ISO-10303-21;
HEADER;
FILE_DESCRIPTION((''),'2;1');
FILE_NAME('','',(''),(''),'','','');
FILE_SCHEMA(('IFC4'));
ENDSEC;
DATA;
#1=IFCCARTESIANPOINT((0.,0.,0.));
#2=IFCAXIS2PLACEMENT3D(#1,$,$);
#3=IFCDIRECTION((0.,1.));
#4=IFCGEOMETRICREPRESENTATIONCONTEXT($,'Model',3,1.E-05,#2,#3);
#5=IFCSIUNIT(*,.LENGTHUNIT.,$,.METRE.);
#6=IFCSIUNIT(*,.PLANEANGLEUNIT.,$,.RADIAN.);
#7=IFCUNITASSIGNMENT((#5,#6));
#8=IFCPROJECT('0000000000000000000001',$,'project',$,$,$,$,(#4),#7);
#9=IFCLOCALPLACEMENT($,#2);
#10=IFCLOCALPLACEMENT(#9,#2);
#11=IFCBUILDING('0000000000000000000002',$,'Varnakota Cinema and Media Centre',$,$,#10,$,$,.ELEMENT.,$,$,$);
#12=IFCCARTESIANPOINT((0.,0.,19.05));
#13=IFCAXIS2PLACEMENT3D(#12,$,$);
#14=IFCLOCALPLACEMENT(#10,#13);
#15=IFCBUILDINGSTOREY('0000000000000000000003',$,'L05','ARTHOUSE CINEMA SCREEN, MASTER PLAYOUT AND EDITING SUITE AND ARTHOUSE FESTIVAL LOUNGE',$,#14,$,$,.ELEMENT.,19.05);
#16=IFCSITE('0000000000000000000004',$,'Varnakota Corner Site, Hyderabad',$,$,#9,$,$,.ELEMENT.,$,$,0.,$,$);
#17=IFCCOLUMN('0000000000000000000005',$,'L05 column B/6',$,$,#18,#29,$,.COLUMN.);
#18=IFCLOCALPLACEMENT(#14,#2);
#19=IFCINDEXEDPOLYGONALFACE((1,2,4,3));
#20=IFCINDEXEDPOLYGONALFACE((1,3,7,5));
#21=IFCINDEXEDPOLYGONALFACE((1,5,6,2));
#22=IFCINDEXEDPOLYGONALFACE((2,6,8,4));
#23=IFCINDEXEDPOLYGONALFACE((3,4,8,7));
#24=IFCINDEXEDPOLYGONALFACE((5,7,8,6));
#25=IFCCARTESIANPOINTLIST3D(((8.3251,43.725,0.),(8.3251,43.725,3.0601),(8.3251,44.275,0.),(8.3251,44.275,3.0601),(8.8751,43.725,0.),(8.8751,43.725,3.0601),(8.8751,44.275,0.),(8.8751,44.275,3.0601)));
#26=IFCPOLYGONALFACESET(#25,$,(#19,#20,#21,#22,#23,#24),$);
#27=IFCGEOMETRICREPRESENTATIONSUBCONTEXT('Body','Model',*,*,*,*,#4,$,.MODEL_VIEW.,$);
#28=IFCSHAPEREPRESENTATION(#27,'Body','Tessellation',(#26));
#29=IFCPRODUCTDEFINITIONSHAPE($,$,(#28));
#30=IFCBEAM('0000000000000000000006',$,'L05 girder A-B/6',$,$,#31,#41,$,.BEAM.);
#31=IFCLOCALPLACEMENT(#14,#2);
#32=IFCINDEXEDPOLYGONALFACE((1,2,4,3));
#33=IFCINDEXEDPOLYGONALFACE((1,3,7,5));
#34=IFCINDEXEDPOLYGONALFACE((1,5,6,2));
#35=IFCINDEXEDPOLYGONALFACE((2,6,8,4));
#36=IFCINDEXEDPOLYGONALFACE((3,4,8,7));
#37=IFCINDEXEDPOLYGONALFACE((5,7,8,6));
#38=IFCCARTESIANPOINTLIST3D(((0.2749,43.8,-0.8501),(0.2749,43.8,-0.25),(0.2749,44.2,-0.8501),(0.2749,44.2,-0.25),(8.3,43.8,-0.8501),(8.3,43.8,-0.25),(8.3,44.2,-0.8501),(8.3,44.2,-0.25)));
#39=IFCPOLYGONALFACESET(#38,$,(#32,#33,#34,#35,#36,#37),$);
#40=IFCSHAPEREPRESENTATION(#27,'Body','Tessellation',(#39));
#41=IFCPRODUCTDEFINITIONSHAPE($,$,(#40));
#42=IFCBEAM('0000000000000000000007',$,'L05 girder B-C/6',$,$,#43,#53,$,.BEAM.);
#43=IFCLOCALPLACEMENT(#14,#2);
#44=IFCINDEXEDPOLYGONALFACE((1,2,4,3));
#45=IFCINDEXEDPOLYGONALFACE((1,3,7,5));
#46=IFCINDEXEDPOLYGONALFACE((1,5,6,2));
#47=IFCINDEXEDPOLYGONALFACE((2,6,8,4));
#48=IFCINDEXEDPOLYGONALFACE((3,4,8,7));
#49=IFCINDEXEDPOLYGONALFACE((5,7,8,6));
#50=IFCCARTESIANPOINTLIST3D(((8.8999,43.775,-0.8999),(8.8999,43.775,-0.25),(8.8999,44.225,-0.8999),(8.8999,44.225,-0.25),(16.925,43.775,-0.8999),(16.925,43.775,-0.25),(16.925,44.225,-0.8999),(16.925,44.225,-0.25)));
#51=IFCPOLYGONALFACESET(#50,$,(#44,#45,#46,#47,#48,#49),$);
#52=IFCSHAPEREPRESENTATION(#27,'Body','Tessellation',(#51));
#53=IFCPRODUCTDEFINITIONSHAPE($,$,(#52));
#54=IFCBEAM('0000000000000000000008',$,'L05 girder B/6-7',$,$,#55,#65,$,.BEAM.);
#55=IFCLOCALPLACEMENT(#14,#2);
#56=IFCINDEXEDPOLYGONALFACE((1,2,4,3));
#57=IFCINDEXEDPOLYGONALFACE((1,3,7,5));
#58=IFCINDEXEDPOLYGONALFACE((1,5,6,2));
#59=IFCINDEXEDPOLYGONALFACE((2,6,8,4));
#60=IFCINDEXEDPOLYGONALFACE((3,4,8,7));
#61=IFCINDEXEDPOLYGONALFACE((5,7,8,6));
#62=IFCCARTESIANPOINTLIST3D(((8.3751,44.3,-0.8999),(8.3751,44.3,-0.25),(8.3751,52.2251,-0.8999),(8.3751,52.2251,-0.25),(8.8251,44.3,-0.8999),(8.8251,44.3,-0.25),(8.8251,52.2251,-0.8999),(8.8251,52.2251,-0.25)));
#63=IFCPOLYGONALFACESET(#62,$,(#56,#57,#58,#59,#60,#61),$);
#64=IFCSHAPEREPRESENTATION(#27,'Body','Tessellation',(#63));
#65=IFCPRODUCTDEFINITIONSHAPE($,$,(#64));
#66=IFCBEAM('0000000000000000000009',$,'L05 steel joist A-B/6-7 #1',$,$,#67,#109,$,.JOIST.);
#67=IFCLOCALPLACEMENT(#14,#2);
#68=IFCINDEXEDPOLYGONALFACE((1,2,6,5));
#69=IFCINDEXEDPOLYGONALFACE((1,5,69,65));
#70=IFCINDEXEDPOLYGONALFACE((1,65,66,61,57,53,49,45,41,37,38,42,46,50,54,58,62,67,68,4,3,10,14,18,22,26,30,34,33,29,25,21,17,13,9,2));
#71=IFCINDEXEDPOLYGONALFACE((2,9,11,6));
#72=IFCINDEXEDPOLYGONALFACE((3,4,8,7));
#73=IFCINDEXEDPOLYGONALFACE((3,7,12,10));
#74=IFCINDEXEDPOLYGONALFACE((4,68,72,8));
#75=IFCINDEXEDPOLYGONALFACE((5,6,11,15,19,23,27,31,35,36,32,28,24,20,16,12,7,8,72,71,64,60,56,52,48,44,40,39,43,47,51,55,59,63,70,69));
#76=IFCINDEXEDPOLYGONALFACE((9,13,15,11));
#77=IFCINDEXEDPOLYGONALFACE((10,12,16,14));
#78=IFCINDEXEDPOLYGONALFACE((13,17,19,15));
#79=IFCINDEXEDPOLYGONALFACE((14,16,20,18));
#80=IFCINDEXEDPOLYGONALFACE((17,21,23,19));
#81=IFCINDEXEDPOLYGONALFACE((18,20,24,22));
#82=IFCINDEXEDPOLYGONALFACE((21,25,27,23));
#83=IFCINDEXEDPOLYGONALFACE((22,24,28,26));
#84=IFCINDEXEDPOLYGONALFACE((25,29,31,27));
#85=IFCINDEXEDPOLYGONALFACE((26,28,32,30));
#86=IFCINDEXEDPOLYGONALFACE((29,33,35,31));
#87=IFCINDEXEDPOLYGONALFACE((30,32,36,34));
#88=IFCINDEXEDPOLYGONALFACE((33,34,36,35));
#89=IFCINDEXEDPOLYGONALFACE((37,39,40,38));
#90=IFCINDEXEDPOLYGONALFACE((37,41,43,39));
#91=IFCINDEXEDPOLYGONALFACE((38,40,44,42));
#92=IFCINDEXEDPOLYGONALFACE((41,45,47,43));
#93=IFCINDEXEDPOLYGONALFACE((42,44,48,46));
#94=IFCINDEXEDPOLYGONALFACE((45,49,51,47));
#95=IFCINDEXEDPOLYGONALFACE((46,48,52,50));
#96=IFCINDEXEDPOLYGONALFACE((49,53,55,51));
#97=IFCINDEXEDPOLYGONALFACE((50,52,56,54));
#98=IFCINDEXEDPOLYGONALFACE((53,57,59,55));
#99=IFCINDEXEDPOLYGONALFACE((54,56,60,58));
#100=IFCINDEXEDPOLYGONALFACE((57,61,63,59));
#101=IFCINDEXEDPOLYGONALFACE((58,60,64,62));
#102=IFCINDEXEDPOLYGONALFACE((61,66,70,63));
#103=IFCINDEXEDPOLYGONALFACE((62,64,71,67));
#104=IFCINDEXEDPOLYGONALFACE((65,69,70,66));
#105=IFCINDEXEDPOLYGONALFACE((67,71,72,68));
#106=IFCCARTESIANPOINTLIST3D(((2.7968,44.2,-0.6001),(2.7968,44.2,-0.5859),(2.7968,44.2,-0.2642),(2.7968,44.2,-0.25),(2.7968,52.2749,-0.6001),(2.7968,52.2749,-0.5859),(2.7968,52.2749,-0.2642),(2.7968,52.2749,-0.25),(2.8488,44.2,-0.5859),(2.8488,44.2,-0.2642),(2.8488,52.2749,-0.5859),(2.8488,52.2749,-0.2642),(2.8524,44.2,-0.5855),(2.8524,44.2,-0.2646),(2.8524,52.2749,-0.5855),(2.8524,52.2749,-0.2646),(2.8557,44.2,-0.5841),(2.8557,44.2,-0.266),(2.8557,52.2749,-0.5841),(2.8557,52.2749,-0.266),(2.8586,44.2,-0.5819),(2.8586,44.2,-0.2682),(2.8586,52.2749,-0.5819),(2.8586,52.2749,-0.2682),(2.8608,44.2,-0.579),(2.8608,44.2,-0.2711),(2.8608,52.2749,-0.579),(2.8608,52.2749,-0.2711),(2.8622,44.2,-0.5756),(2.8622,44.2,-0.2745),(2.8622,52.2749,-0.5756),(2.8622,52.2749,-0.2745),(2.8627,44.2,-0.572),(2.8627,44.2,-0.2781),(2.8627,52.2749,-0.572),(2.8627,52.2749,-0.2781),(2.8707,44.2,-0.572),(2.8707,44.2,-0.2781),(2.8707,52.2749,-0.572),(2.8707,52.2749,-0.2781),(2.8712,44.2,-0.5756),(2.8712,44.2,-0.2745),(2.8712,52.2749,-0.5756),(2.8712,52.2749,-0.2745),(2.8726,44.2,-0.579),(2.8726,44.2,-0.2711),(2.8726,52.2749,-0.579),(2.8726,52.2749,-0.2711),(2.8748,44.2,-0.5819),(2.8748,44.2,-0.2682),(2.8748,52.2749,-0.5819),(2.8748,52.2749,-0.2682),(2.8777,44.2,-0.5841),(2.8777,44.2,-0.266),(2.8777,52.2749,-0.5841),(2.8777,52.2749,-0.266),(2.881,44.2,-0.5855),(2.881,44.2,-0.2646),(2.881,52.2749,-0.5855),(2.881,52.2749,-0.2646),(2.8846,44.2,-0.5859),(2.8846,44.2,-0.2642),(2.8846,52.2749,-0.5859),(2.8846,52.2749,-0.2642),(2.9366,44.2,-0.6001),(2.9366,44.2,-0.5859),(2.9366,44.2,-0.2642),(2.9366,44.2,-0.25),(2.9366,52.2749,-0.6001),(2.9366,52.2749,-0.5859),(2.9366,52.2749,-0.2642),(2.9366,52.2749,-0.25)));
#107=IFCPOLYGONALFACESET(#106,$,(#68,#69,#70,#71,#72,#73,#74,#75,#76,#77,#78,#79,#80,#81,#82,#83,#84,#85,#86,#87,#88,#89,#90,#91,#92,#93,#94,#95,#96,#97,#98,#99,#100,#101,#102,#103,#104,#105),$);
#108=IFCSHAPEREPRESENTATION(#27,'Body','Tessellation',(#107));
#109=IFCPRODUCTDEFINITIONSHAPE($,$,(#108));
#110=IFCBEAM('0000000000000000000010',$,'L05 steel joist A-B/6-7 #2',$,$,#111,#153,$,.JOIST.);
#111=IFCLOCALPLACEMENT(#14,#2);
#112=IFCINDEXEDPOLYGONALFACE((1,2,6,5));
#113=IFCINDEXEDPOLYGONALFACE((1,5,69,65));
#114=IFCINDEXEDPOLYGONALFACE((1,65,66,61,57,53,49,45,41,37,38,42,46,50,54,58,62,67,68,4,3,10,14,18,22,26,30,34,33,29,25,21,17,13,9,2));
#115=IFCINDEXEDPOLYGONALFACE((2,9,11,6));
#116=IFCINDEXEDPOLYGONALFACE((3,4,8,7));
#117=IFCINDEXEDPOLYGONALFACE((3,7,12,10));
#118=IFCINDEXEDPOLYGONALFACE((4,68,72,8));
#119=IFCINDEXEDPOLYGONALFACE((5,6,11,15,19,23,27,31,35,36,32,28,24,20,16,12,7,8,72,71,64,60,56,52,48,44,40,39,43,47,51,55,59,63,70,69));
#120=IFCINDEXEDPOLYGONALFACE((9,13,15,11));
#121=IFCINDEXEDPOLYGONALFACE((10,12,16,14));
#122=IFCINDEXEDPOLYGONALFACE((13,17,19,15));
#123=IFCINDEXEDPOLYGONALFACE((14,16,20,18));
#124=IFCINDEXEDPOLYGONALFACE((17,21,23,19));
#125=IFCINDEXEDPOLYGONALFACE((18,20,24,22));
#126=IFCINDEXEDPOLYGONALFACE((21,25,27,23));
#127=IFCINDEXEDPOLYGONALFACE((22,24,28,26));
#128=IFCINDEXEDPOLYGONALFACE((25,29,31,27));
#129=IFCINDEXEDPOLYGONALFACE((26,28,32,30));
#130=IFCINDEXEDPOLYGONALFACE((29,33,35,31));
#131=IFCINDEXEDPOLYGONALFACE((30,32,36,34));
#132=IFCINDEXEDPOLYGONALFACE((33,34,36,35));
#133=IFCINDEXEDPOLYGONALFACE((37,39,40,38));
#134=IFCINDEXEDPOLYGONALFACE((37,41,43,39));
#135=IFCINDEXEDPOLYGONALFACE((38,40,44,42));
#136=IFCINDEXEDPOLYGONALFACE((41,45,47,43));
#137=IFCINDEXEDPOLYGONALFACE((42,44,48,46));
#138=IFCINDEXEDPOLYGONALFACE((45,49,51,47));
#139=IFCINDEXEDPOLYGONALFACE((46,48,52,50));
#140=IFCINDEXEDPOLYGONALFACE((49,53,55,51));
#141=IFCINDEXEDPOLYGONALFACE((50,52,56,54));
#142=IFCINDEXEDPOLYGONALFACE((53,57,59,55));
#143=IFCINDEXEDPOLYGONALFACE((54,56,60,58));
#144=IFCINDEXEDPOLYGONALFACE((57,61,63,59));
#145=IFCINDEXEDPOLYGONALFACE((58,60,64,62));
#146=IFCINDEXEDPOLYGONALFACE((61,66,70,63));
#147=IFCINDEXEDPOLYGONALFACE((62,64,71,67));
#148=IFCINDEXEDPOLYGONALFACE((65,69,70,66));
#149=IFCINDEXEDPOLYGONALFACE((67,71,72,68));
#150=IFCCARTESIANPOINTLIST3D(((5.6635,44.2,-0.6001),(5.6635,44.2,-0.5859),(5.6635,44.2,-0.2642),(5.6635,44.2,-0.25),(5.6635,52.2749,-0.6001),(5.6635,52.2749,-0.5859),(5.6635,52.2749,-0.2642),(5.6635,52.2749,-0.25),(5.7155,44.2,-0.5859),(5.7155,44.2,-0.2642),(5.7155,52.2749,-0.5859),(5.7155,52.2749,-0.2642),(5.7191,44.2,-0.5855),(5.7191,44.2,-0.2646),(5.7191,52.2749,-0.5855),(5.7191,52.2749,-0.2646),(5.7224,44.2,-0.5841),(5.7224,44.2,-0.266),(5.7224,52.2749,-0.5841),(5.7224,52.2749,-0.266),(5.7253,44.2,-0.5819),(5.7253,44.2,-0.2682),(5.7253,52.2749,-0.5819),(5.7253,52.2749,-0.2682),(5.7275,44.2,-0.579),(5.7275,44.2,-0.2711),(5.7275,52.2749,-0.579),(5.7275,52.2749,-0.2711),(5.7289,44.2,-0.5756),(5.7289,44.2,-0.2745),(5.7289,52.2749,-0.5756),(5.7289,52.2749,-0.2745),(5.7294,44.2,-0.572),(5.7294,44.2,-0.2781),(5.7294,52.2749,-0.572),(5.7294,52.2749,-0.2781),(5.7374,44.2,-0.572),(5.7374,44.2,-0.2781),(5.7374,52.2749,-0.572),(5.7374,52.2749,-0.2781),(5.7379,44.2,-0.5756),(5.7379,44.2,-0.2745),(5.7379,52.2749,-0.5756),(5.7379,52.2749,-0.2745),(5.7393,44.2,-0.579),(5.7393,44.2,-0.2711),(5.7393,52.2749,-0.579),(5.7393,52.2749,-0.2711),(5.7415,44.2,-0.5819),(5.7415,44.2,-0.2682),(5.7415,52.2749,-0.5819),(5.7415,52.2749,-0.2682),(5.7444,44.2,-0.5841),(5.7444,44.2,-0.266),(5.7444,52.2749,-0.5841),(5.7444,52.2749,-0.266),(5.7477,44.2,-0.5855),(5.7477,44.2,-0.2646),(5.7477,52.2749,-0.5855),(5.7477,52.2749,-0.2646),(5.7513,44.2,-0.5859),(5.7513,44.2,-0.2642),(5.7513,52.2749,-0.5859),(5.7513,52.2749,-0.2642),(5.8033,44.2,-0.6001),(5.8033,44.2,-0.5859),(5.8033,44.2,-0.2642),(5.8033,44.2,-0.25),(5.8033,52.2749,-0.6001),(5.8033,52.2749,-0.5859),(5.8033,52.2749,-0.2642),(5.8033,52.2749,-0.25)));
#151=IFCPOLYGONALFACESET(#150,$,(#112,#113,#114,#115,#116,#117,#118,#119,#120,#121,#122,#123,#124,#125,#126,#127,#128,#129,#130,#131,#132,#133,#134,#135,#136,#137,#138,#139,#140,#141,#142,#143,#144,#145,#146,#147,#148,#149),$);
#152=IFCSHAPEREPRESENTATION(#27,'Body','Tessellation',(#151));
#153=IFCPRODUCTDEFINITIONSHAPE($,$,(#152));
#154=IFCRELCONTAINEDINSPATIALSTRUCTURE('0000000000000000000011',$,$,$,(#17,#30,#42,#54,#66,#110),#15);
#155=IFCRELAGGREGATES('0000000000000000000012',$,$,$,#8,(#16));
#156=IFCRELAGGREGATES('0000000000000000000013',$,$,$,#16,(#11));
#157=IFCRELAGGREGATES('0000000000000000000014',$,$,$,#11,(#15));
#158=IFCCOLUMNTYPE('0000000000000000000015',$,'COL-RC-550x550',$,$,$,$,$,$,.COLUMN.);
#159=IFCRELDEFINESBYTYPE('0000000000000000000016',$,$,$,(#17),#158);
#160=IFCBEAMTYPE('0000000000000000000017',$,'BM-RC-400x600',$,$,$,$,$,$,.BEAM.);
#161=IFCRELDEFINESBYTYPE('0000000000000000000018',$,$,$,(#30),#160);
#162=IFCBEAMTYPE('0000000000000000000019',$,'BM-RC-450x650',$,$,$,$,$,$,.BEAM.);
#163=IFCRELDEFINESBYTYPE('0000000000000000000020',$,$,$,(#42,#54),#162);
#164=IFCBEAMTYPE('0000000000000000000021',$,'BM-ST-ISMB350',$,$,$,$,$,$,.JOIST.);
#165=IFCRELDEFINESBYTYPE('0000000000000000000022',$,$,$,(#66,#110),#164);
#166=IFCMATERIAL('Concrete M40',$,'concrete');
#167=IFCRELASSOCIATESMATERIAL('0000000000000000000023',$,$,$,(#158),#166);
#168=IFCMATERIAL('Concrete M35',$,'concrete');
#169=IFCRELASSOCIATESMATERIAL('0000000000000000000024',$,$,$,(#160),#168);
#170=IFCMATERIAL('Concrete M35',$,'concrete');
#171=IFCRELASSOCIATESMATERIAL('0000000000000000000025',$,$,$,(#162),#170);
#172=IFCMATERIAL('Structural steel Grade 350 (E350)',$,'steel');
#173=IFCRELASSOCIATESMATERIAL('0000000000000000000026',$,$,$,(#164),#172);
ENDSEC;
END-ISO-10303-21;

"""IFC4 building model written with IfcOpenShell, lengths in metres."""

from ifc_helpers import new_model, si_unit, direction, frame, origin, origin_2d, place, context, subcontext, project, spatial, rectangle, i_section, extrude, material, material_profile, profile_set, type_object, element, save


model = new_model("IFC4")

# Units and contexts
model_context = context("Model", 3, precision=1e-05, world=origin(), true_north=direction((0.0, 1.0)))
body_context = subcontext(model_context, "Body", "Model", "MODEL_VIEW")
ifc_project = project(units=[si_unit("LENGTHUNIT", "METRE"), si_unit("PLANEANGLEUNIT", "RADIAN")], contexts=[model_context])

# Site, building, storey
site_placement = place(None, origin())
site = spatial("IfcSite", under=ifc_project, at=site_placement, Name="Varnakota Corner Site, Hyderabad", CompositionType="ELEMENT", RefElevation=0.0)
building_placement = place(site_placement, origin())
building = spatial("IfcBuilding", under=site, at=building_placement, Name="Varnakota Cinema and Media Centre", CompositionType="ELEMENT")
storey_placement = place(building_placement, frame((0.0, 0.0, 19.05)))
storey = spatial("IfcBuildingStorey", under=building, at=storey_placement, Name="L05", Description="ARTHOUSE CINEMA SCREEN, MASTER PLAYOUT AND EDITING SUITE AND ARTHOUSE FESTIVAL LOUNGE", CompositionType="ELEMENT", Elevation=19.05)

# Column
ifc_material_1 = material(Name="Concrete M40", Category="concrete")
ifc_material_profile_1 = material_profile(ifc_material_1, rectangle(XDim=0.55, YDim=0.55, at=origin_2d()), Name="RC 550x550")
ifc_profile_set_1 = profile_set([ifc_material_profile_1], Name="Concrete M40")
column_type = type_object("IfcColumnType", Name="COL-RC-550x550", PredefinedType="COLUMN", material=ifc_profile_set_1)
column_placement = place(storey_placement, frame((8.6001, 44.0, 0.0), z_axis=(0.0, 0.0, 1.0), x_axis=(1.0, 0.0, 0.0)))
element("IfcColumn", 1, at=column_placement, inside=storey, type_object=column_type, Name="L05 column B/6", PredefinedType="COLUMN", context=body_context, shape_type="SweptSolid", body=[
    extrude(rectangle(XDim=0.55, YDim=0.55, at=origin_2d()), origin(), (0.0, 0.0, 1.0), 3.0601),
])

# Beams
ifc_material_2 = material(Name="Concrete M35", Category="concrete")
ifc_material_profile_2 = material_profile(ifc_material_2, rectangle(XDim=0.3999, YDim=0.6001, at=origin_2d()), Name="RCB 400x600")
ifc_profile_set_2 = profile_set([ifc_material_profile_2], Name="Concrete M35")
beam_type_1 = type_object("IfcBeamType", Name="BM-RC-400x600", PredefinedType="BEAM", material=ifc_profile_set_2)
beam_1_placement = place(storey_placement, frame((0.2749, 44.0, -0.55), z_axis=(1.0, 0.0, 0.0), x_axis=(0.0, 1.0, 0.0)))
element("IfcBeam", 2, at=beam_1_placement, inside=storey, type_object=beam_type_1, Name="L05 girder A-B/6", PredefinedType="BEAM", context=body_context, shape_type="SweptSolid", body=[
    extrude(rectangle(XDim=0.3999, YDim=0.6001, at=origin_2d()), origin(), (0.0, 0.0, 1.0), 8.0251),
])
ifc_material_3 = material(Name="Concrete M35", Category="concrete")
ifc_material_profile_3 = material_profile(ifc_material_3, rectangle(XDim=0.45, YDim=0.6499, at=origin_2d()), Name="RCB 450x650")
ifc_profile_set_3 = profile_set([ifc_material_profile_3], Name="Concrete M35")
beam_type_2 = type_object("IfcBeamType", Name="BM-RC-450x650", PredefinedType="BEAM", material=ifc_profile_set_3)
beam_2_placement = place(storey_placement, frame((8.8999, 44.0, -0.575), z_axis=(1.0, 0.0, 0.0), x_axis=(0.0, 1.0, 0.0)))
element("IfcBeam", 3, at=beam_2_placement, inside=storey, type_object=beam_type_2, Name="L05 girder B-C/6", PredefinedType="BEAM", context=body_context, shape_type="SweptSolid", body=[
    extrude(rectangle(XDim=0.45, YDim=0.6499, at=origin_2d()), origin(), (0.0, 0.0, 1.0), 8.0251),
])
beam_3_placement = place(storey_placement, frame((8.6001, 44.3, -0.575), z_axis=(0.0, 1.0, 0.0), x_axis=(-1.0, 0.0, 0.0)))
element("IfcBeam", 4, at=beam_3_placement, inside=storey, type_object=beam_type_2, Name="L05 girder B/6-7", PredefinedType="BEAM", context=body_context, shape_type="SweptSolid", body=[
    extrude(rectangle(XDim=0.45, YDim=0.6499, at=origin_2d()), origin(), (0.0, 0.0, 1.0), 7.925),
])
ifc_material_4 = material(Name="Structural steel Grade 350 (E350)", Category="steel")
ifc_material_profile_4 = material_profile(ifc_material_4, i_section(OverallWidth=0.1399, OverallDepth=0.3501, WebThickness=0.0081, FlangeThickness=0.0142, FilletRadius=0.0139, at=origin_2d()), Name="ISMB 350")
ifc_profile_set_4 = profile_set([ifc_material_profile_4], Name="Structural steel Grade 350 (E350)")
beam_type_3 = type_object("IfcBeamType", Name="BM-ST-ISMB350", PredefinedType="JOIST", material=ifc_profile_set_4)
for number, where, z_axis, x_axis, name in (
    (5, (2.8667, 44.2, -0.425), (0.0, 1.0, 0.0), (-1.0, 0.0, 0.0), "L05 steel joist A-B/6-7 #1"),
    (6, (5.7334, 44.2, -0.425), (0.0, 1.0, 0.0), (-1.0, 0.0, 0.0), "L05 steel joist A-B/6-7 #2"),
):
    element("IfcBeam", number, at=place(storey_placement, frame(where, z_axis=z_axis, x_axis=x_axis)), inside=storey, type_object=beam_type_3, Name=name, PredefinedType="JOIST", context=body_context, shape_type="SweptSolid", body=[
        extrude(i_section(OverallWidth=0.1399, OverallDepth=0.3501, WebThickness=0.0081, FlangeThickness=0.0142, FilletRadius=0.0139, at=origin_2d()), origin(), (0.0, 0.0, 1.0), 8.075),
    ])

save(model, "model.ifc")
